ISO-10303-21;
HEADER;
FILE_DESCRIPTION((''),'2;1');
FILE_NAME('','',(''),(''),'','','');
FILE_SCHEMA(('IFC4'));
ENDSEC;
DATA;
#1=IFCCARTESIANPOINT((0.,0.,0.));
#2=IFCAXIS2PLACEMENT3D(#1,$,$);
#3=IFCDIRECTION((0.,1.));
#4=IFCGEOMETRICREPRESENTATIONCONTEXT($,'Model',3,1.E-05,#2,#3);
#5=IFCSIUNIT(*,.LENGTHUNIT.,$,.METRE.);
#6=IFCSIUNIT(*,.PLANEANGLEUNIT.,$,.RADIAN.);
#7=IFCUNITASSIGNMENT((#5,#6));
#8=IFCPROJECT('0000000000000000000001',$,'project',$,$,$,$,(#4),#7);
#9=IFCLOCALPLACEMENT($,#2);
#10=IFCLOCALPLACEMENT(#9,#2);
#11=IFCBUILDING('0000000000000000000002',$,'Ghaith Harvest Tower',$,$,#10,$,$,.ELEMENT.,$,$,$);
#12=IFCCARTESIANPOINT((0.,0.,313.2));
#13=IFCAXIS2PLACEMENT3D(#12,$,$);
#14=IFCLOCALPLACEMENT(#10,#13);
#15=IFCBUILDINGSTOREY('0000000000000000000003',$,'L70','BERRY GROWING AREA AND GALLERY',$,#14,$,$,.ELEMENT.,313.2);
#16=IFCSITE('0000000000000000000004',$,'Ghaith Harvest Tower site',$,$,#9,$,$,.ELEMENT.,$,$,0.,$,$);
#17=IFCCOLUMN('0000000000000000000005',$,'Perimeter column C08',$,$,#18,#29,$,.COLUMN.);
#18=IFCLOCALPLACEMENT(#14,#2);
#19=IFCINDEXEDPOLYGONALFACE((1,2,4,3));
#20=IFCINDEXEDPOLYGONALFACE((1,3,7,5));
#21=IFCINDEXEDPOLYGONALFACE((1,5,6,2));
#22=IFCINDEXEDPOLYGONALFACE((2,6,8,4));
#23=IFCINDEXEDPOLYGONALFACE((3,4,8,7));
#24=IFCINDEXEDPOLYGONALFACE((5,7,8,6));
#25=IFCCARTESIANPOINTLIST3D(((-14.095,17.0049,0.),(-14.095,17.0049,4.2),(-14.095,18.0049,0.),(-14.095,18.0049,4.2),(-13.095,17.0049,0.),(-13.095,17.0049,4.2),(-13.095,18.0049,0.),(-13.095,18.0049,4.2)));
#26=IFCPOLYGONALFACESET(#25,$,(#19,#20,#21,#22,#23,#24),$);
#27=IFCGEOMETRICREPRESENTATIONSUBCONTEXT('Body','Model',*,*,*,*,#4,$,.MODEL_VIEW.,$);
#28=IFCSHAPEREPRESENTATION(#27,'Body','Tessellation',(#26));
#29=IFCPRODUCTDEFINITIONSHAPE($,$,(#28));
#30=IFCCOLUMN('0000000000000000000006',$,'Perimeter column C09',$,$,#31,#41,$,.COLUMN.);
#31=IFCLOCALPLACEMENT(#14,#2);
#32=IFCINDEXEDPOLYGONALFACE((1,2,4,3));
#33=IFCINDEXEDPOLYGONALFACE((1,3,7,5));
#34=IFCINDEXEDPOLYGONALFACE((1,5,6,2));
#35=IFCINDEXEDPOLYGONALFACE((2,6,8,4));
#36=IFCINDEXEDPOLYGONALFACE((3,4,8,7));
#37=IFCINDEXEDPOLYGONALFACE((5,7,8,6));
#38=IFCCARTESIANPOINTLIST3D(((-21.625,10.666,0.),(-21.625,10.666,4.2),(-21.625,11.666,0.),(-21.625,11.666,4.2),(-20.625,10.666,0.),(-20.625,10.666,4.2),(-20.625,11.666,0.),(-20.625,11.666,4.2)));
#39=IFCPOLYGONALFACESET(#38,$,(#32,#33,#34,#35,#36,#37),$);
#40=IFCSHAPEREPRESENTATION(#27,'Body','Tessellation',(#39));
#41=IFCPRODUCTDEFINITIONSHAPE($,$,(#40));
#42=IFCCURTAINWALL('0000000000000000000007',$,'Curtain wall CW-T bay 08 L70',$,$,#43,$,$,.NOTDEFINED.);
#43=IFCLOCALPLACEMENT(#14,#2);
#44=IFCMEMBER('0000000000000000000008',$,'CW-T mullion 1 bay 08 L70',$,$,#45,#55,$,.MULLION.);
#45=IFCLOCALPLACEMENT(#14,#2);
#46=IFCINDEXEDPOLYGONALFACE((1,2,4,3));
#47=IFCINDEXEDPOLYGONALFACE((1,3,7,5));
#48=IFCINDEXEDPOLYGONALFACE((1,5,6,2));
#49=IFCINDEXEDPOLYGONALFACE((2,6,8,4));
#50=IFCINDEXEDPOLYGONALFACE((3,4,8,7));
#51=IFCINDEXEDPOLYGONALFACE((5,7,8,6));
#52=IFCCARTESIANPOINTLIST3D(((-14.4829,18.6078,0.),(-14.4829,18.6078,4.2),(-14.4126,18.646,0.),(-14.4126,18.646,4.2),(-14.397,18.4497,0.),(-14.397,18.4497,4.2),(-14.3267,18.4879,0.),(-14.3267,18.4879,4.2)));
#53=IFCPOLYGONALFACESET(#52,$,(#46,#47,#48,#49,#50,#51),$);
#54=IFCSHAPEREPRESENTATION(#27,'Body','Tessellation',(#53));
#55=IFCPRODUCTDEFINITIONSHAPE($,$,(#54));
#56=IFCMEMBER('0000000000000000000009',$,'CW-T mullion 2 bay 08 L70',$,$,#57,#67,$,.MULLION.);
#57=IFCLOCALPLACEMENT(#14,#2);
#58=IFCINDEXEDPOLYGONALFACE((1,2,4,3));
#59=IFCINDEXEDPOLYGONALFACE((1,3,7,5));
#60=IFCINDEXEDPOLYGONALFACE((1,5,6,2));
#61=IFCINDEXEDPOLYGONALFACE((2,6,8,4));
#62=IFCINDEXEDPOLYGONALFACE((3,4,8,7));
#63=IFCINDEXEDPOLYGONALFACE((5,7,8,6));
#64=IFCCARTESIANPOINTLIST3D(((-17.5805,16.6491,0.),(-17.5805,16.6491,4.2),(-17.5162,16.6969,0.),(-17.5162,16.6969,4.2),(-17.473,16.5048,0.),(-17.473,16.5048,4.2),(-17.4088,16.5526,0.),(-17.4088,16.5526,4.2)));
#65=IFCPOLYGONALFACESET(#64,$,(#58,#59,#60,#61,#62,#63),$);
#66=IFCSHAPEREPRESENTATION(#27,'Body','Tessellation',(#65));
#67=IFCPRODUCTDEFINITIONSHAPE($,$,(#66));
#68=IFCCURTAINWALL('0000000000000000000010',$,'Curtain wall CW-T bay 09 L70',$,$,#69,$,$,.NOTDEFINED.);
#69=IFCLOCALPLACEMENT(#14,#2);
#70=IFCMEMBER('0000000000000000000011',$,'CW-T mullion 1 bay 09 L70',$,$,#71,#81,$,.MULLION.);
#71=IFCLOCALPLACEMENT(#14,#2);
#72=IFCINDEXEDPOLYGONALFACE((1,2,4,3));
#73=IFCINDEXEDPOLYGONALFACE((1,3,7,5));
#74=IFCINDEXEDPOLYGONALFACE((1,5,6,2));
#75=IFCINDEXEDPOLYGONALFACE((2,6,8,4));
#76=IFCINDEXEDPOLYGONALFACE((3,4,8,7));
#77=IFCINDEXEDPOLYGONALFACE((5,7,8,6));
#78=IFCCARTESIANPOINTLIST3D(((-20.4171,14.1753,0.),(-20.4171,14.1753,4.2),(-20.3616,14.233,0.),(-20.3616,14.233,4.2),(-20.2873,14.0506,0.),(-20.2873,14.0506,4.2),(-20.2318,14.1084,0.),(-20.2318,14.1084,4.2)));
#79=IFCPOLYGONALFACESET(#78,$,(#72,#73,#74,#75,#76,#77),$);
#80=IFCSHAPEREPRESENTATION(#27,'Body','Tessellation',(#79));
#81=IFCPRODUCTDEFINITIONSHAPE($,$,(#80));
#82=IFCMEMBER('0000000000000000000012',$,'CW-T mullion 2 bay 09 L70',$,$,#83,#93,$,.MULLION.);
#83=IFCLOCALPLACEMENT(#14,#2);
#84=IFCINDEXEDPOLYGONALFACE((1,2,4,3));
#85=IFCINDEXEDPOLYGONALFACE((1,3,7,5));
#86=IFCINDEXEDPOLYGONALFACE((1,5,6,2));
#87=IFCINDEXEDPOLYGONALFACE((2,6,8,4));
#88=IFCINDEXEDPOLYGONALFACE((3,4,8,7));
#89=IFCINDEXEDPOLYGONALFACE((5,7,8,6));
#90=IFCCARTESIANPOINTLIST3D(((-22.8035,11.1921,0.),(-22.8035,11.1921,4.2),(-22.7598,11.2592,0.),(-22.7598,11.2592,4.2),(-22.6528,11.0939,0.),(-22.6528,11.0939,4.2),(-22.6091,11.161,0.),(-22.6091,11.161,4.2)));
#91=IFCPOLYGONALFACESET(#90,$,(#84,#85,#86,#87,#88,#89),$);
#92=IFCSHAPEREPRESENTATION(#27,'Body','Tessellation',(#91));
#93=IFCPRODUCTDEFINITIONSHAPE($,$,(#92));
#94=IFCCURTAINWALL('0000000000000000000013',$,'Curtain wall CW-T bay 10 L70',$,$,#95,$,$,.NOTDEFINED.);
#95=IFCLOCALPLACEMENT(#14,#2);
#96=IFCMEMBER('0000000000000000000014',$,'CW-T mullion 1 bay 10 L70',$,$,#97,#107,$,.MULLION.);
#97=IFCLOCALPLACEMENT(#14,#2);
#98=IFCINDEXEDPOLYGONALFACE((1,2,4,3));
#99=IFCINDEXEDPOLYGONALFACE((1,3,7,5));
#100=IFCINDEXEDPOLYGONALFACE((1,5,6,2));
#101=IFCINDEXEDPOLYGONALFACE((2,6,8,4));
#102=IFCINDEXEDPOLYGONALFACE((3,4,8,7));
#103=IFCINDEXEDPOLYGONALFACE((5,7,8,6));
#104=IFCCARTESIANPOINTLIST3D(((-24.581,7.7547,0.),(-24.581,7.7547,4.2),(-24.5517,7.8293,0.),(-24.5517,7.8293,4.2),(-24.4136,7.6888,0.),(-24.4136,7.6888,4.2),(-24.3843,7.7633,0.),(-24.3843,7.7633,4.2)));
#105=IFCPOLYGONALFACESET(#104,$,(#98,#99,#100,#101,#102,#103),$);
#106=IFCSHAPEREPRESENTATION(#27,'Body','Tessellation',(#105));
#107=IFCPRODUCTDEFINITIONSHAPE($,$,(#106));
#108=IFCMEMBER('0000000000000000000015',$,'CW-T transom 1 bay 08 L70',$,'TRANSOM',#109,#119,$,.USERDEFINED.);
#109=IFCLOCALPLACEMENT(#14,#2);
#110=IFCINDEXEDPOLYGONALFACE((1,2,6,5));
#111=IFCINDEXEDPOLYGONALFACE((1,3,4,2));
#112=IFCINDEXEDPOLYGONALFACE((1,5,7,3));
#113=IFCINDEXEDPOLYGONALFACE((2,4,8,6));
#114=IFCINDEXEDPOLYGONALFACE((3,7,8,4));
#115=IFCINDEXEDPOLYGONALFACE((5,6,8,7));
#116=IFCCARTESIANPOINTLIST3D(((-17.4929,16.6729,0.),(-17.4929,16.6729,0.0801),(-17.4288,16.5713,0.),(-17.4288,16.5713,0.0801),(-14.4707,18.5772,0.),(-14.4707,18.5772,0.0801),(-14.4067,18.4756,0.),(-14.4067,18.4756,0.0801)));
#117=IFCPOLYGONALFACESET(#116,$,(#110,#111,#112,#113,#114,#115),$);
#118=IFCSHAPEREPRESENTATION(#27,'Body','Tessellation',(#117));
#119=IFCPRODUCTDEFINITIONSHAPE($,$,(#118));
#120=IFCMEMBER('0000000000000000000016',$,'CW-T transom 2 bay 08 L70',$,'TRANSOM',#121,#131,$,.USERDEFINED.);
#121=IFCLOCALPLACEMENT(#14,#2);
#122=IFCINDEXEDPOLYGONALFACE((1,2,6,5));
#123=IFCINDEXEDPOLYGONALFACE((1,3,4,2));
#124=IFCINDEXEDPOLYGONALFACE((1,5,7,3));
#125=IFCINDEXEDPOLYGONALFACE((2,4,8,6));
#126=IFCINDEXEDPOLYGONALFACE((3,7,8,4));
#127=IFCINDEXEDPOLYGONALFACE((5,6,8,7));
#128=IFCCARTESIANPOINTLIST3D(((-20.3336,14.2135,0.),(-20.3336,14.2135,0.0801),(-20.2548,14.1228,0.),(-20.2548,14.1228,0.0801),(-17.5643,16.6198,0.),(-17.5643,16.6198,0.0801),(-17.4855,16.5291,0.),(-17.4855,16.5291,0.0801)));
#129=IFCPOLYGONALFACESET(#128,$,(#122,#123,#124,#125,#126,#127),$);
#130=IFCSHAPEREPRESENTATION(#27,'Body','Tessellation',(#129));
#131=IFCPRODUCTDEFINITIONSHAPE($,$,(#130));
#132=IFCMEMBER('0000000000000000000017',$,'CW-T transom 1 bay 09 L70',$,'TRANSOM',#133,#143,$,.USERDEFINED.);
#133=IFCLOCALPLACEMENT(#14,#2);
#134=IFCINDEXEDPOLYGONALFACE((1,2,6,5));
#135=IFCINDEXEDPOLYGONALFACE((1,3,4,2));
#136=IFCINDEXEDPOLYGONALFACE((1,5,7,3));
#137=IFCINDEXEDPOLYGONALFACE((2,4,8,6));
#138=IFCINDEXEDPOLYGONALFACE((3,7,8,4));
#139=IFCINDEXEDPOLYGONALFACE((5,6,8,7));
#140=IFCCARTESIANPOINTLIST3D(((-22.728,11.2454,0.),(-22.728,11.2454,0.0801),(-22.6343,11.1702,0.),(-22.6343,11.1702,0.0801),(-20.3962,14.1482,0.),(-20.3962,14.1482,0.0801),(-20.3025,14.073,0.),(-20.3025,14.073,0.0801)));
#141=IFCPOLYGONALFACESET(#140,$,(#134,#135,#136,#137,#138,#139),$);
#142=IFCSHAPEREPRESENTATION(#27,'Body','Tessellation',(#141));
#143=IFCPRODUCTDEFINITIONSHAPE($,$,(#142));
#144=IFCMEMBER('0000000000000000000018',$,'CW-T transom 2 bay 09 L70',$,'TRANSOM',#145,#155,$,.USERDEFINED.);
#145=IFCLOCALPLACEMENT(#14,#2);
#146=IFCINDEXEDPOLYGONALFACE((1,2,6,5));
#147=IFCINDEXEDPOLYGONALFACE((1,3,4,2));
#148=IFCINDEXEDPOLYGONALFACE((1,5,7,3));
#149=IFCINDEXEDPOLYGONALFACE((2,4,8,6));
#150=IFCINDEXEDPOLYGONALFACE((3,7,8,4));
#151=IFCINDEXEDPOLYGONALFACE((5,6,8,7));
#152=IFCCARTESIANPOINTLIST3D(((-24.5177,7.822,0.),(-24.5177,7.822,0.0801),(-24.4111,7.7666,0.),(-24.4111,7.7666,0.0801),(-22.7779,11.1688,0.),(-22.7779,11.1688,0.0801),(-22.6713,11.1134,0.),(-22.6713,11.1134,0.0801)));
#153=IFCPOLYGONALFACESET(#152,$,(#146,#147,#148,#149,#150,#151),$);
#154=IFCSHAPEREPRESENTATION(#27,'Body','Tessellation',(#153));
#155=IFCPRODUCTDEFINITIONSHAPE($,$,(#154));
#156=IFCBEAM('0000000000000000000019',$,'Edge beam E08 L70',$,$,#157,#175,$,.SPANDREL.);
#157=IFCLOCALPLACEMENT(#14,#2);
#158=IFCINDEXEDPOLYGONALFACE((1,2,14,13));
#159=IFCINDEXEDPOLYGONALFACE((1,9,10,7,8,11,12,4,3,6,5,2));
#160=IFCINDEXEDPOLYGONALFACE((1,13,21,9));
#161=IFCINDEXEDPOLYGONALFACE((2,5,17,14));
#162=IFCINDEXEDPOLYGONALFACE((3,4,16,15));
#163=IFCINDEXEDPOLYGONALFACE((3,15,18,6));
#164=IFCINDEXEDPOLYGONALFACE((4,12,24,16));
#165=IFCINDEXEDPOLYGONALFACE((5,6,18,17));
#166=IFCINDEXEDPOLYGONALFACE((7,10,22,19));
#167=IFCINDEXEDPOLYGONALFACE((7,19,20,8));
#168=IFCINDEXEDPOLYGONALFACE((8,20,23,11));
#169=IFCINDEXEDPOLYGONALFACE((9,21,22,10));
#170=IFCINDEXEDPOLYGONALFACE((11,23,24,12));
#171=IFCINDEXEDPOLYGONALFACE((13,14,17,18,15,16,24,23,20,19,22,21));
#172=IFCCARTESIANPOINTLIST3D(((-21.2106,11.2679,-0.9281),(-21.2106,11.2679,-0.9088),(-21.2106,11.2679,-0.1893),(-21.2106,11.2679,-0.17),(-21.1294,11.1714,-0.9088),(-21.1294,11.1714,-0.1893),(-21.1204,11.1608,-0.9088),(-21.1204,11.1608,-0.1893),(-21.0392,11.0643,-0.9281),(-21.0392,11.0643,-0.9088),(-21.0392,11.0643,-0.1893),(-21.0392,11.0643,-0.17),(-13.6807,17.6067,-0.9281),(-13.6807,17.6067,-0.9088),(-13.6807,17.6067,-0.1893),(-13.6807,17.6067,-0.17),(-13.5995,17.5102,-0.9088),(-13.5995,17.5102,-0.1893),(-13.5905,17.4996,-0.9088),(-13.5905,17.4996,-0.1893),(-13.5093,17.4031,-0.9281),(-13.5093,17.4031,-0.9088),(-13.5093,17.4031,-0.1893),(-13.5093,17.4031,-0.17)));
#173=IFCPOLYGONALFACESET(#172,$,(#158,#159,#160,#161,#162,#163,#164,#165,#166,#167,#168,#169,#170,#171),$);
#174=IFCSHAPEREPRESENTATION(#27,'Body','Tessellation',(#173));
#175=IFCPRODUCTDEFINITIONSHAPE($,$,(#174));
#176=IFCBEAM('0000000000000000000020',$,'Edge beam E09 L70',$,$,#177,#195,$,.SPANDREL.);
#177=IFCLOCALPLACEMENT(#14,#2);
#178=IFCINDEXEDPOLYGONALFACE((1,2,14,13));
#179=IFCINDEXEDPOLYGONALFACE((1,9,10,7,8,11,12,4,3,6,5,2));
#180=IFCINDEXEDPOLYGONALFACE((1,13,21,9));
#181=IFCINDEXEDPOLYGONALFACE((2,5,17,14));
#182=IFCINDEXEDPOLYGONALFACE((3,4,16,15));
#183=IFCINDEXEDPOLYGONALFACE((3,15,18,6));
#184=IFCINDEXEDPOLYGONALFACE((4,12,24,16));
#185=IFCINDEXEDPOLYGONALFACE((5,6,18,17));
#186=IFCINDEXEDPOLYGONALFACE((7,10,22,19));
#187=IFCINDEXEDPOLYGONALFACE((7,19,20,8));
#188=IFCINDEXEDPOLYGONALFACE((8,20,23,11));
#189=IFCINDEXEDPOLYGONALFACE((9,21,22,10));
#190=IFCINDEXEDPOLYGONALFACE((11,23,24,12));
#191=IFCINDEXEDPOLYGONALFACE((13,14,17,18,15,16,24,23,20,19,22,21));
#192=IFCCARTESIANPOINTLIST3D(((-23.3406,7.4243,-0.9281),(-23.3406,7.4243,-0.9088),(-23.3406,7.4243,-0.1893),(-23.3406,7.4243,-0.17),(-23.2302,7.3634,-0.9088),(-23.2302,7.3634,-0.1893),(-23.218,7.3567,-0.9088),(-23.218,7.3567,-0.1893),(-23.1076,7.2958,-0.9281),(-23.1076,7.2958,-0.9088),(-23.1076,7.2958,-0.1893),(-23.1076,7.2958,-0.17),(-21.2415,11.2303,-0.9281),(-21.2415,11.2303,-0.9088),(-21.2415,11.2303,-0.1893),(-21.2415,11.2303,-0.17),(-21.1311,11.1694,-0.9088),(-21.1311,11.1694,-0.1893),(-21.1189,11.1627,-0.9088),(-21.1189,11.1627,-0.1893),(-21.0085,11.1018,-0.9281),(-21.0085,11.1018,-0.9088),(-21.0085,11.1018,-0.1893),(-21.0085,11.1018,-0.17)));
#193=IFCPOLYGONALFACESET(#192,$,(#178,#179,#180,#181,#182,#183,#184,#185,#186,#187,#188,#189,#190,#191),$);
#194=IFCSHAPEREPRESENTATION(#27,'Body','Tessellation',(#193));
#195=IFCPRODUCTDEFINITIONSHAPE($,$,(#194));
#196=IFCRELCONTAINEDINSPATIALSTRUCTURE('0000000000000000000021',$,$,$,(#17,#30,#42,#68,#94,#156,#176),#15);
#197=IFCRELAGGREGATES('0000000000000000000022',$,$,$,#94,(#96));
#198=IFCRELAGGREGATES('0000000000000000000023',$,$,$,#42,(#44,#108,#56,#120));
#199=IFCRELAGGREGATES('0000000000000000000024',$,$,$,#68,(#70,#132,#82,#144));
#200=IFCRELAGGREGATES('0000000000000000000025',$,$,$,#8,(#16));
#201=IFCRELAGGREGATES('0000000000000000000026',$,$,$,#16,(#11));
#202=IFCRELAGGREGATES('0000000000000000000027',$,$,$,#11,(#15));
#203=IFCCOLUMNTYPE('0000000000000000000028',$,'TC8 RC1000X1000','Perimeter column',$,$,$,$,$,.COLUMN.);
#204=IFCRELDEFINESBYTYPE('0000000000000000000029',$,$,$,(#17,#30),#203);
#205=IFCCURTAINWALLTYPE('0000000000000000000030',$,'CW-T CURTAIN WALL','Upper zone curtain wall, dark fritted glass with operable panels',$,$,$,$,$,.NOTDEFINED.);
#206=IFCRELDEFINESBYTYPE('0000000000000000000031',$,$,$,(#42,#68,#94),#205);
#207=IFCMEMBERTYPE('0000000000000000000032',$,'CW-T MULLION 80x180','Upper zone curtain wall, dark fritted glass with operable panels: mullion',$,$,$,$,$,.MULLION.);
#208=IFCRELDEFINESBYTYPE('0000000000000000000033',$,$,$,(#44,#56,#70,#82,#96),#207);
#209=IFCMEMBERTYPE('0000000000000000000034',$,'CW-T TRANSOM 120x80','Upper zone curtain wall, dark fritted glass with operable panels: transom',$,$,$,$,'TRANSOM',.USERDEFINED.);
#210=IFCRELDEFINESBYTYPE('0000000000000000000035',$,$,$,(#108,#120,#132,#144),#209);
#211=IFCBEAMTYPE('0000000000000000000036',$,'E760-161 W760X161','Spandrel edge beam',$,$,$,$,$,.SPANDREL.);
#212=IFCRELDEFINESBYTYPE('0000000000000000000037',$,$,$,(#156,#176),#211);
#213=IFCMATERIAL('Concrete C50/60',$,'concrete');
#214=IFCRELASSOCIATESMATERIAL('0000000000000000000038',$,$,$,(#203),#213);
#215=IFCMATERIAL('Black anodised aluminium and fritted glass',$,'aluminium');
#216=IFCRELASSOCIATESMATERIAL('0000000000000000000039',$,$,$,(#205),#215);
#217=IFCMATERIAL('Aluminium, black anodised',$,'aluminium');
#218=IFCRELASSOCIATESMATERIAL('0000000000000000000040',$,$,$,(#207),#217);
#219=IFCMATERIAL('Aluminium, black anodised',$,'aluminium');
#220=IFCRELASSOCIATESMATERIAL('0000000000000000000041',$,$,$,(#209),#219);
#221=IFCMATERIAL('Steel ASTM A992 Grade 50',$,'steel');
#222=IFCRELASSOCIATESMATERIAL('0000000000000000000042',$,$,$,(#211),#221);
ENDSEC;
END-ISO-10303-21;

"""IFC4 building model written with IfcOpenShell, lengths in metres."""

from ifc_helpers import new_model, si_unit, direction, frame, origin, origin_2d, place, context, subcontext, project, spatial, rectangle, i_section, extrude, material, material_profile, profile_set, type_object, element, aggregate, save


model = new_model("IFC4")

# Units and contexts
model_context = context("Model", 3, precision=1e-05, world=origin(), true_north=direction((0.0, 1.0)))
body_context = subcontext(model_context, "Body", "Model", "MODEL_VIEW")
ifc_project = project(units=[si_unit("LENGTHUNIT", "METRE"), si_unit("PLANEANGLEUNIT", "RADIAN")], contexts=[model_context])

# Site, building, storey
site_placement = place(None, origin())
site = spatial("IfcSite", under=ifc_project, at=site_placement, Name="Ghaith Harvest Tower site", CompositionType="ELEMENT", RefElevation=0.0)
building_placement = place(site_placement, origin())
building = spatial("IfcBuilding", under=site, at=building_placement, Name="Ghaith Harvest Tower", CompositionType="ELEMENT")
storey_placement = place(building_placement, frame((0.0, 0.0, 313.2)))
storey = spatial("IfcBuildingStorey", under=building, at=storey_placement, Name="L70", Description="BERRY GROWING AREA AND GALLERY", CompositionType="ELEMENT", Elevation=313.2)

# Columns
ifc_material_1 = material(Name="Concrete C50/60", Category="concrete")
ifc_material_profile_1 = material_profile(ifc_material_1, rectangle(XDim=1.0, YDim=1.0, at=origin_2d()), Name="RC1000X1000")
ifc_profile_set_1 = profile_set([ifc_material_profile_1], Name="Concrete C50/60")
column_type = type_object("IfcColumnType", Name="TC8 RC1000X1000", Description="Perimeter column", PredefinedType="COLUMN", material=ifc_profile_set_1)
for number, where, z_axis, x_axis, name in (
    (1, (-13.595, 17.5049, 0.0), (0.0, 0.0, 1.0), (1.0, 0.0, 0.0), "Perimeter column C08"),
    (2, (-21.125, 11.166, 0.0), (0.0, 0.0, 1.0), (1.0, 0.0, 0.0), "Perimeter column C09"),
):
    element("IfcColumn", number, at=place(storey_placement, frame(where, z_axis=z_axis, x_axis=x_axis)), inside=storey, type_object=column_type, Name=name, PredefinedType="COLUMN", context=body_context, shape_type="SweptSolid", body=[
        extrude(rectangle(XDim=1.0, YDim=1.0, at=origin_2d()), origin(), (0.0, 0.0, 1.0), 4.2),
    ])

# Curtain walls, members
ifc_material_2 = material(Name="Black anodised aluminium and fritted glass", Category="aluminium")
curtain_wall_type = type_object("IfcCurtainWallType", Name="CW-T CURTAIN WALL", Description="Upper zone curtain wall, dark fritted glass with operable panels", PredefinedType="NOTDEFINED", material=ifc_material_2)
curtain_wall_1_placement = place(storey_placement, origin())
curtain_wall_1 = element("IfcCurtainWall", 3, at=curtain_wall_1_placement, inside=storey, type_object=curtain_wall_type, Name="Curtain wall CW-T bay 08 L70", PredefinedType="NOTDEFINED")
ifc_material_3 = material(Name="Aluminium, black anodised", Category="aluminium")
ifc_material_profile_2 = material_profile(ifc_material_3, rectangle(XDim=0.0801, YDim=0.1799, at=origin_2d()), Name="CW-T MULLION 80x180")
ifc_profile_set_2 = profile_set([ifc_material_profile_2], Name="Aluminium, black anodised")
member_type_1 = type_object("IfcMemberType", Name="CW-T MULLION 80x180", Description="Upper zone curtain wall, dark fritted glass with operable panels: mullion", PredefinedType="MULLION", material=ifc_profile_set_2)
member_1_placement = place(storey_placement, frame((-14.4048, 18.5479, 0.0), z_axis=(0.0, 0.0, 1.0), x_axis=(-0.878672, -0.477426, 0.0)))
member_1 = element("IfcMember", 4, at=member_1_placement, type_object=member_type_1, Name="CW-T mullion 1 bay 08 L70", PredefinedType="MULLION", context=body_context, shape_type="SweptSolid", body=[
    extrude(rectangle(XDim=0.0801, YDim=0.1799, at=origin_2d()), origin(), (0.0, 0.0, 1.0), 4.2),
])
member_2_placement = place(storey_placement, frame((-17.4946, 16.6008, 0.0), z_axis=(0.0, 0.0, 1.0), x_axis=(-0.80219, -0.597069, 0.0)))
member_2 = element("IfcMember", 5, at=member_2_placement, type_object=member_type_1, Name="CW-T mullion 2 bay 08 L70", PredefinedType="MULLION", context=body_context, shape_type="SweptSolid", body=[
    extrude(rectangle(XDim=0.0801, YDim=0.1799, at=origin_2d()), origin(), (0.0, 0.0, 1.0), 4.2),
])
curtain_wall_2_placement = place(storey_placement, origin())
curtain_wall_2 = element("IfcCurtainWall", 6, at=curtain_wall_2_placement, inside=storey, type_object=curtain_wall_type, Name="Curtain wall CW-T bay 09 L70", PredefinedType="NOTDEFINED")
member_3_placement = place(storey_placement, frame((-20.3245, 14.1418, 0.0), z_axis=(0.0, 0.0, 1.0), x_axis=(-0.692826, -0.721104, 0.0)))
member_3 = element("IfcMember", 7, at=member_3_placement, type_object=member_type_1, Name="CW-T mullion 1 bay 09 L70", PredefinedType="MULLION", context=body_context, shape_type="SweptSolid", body=[
    extrude(rectangle(XDim=0.0801, YDim=0.1799, at=origin_2d()), origin(), (0.0, 0.0, 1.0), 4.2),
])
member_4_placement = place(storey_placement, frame((-22.7063, 11.1765, 0.0), z_axis=(0.0, 0.0, 1.0), x_axis=(-0.545865, -0.837873, 0.0)))
member_4 = element("IfcMember", 8, at=member_4_placement, type_object=member_type_1, Name="CW-T mullion 2 bay 09 L70", PredefinedType="MULLION", context=body_context, shape_type="SweptSolid", body=[
    extrude(rectangle(XDim=0.0801, YDim=0.1799, at=origin_2d()), origin(), (0.0, 0.0, 1.0), 4.2),
])

# Curtain wall, member
curtain_wall_3_placement = place(storey_placement, origin())
curtain_wall_3 = element("IfcCurtainWall", 9, at=curtain_wall_3_placement, inside=storey, type_object=curtain_wall_type, Name="Curtain wall CW-T bay 10 L70", PredefinedType="NOTDEFINED")
member_5_placement = place(storey_placement, frame((-24.4827, 7.759, 0.0), z_axis=(0.0, 0.0, 1.0), x_axis=(-0.366473, -0.930429, 0.0)))
member_5 = element("IfcMember", 10, at=member_5_placement, type_object=member_type_1, Name="CW-T mullion 1 bay 10 L70", PredefinedType="MULLION", context=body_context, shape_type="SweptSolid", body=[
    extrude(rectangle(XDim=0.0801, YDim=0.1799, at=origin_2d()), origin(), (0.0, 0.0, 1.0), 4.2),
])
aggregate(curtain_wall_3, [member_5])

# Members
ifc_material_4 = material(Name="Aluminium, black anodised", Category="aluminium")
ifc_material_profile_3 = material_profile(ifc_material_4, rectangle(XDim=0.1201, YDim=0.0801, at=origin_2d()), Name="CW-T TRANSOM 120x80")
ifc_profile_set_3 = profile_set([ifc_material_profile_3], Name="Aluminium, black anodised")
member_type_2 = type_object("IfcMemberType", Name="CW-T TRANSOM 120x80", Description="Upper zone curtain wall, dark fritted glass with operable panels: transom", ElementType="TRANSOM", PredefinedType="USERDEFINED", material=ifc_profile_set_3)
member_6_placement = place(storey_placement, frame((-14.4387, 18.5264, 0.04), z_axis=(-0.846054, -0.533098, 0.0), x_axis=(0.533098, -0.846054, 0.0)))
member_6 = element("IfcMember", 11, at=member_6_placement, type_object=member_type_2, Name="CW-T transom 1 bay 08 L70", ObjectType="TRANSOM", PredefinedType="USERDEFINED", context=body_context, shape_type="SweptSolid", body=[
    extrude(rectangle(XDim=0.1201, YDim=0.0801, at=origin_2d()), origin(), (0.0, 0.0, 1.0), 3.572),
])
member_7_placement = place(storey_placement, frame((-17.5249, 16.5745, 0.04), z_axis=(-0.754852, -0.655895, 0.0), x_axis=(0.655895, -0.754852, 0.0)))
member_7 = element("IfcMember", 12, at=member_7_placement, type_object=member_type_2, Name="CW-T transom 2 bay 08 L70", ObjectType="TRANSOM", PredefinedType="USERDEFINED", context=body_context, shape_type="SweptSolid", body=[
    extrude(rectangle(XDim=0.1201, YDim=0.0801, at=origin_2d()), origin(), (0.0, 0.0, 1.0), 3.6687),
])
member_8_placement = place(storey_placement, frame((-20.3494, 14.1106, 0.04), z_axis=(-0.626253, -0.77962, 0.0), x_axis=(0.77962, -0.626253, 0.0)))
member_8 = element("IfcMember", 13, at=member_8_placement, type_object=member_type_2, Name="CW-T transom 1 bay 09 L70", ObjectType="TRANSOM", PredefinedType="USERDEFINED", context=body_context, shape_type="SweptSolid", body=[
    extrude(rectangle(XDim=0.1201, YDim=0.0801, at=origin_2d()), origin(), (0.0, 0.0, 1.0), 3.7234),
])
member_9_placement = place(storey_placement, frame((-22.7246, 11.1411, 0.04), z_axis=(-0.461243, -0.887274, 0.0), x_axis=(0.887274, -0.461243, 0.0)))
member_9 = element("IfcMember", 14, at=member_9_placement, type_object=member_type_2, Name="CW-T transom 2 bay 09 L70", ObjectType="TRANSOM", PredefinedType="USERDEFINED", context=body_context, shape_type="SweptSolid", body=[
    extrude(rectangle(XDim=0.1201, YDim=0.0801, at=origin_2d()), origin(), (0.0, 0.0, 1.0), 3.772),
])

# Beams
ifc_material_5 = material(Name="Steel ASTM A992 Grade 50", Category="steel")
ifc_material_profile_4 = material_profile(ifc_material_5, i_section(OverallWidth=0.2661, OverallDepth=0.7581, WebThickness=0.0139, FlangeThickness=0.0193, at=origin_2d()), Name="W760X161")
ifc_profile_set_4 = profile_set([ifc_material_profile_4], Name="Steel ASTM A992 Grade 50")
beam_type_1 = type_object("IfcBeamType", Name="E760-161 W760X161", Description="Spandrel edge beam", PredefinedType="SPANDREL", material=ifc_profile_set_4)
beam_1_placement = place(storey_placement, frame((-13.595, 17.5049, -0.5491), z_axis=(-0.765022, -0.644004, 0.0), x_axis=(0.644004, -0.765022, 0.0)))
element("IfcBeam", 15, at=beam_1_placement, inside=storey, type_object=beam_type_1, Name="Edge beam E08 L70", PredefinedType="SPANDREL", context=body_context, shape_type="SweptSolid", body=[
    extrude(i_section(OverallWidth=0.2661, OverallDepth=0.7581, WebThickness=0.0139, FlangeThickness=0.0193, at=origin_2d()), origin(), (0.0, 0.0, 1.0), 9.8428),
])
beam_2_placement = place(storey_placement, frame((-21.125, 11.166, -0.5491), z_axis=(-0.482956, -0.875645, 0.0), x_axis=(0.875645, -0.482956, 0.0)))
element("IfcBeam", 16, at=beam_2_placement, inside=storey, type_object=beam_type_1, Name="Edge beam E09 L70", PredefinedType="SPANDREL", context=body_context, shape_type="SweptSolid", body=[
    extrude(i_section(OverallWidth=0.2661, OverallDepth=0.7581, WebThickness=0.0139, FlangeThickness=0.0193, at=origin_2d()), origin(), (0.0, 0.0, 1.0), 4.3464),
])

aggregate(curtain_wall_1, [member_1, member_6, member_2, member_7])
aggregate(curtain_wall_2, [member_3, member_8, member_4, member_9])

save(model, "model.ifc")
